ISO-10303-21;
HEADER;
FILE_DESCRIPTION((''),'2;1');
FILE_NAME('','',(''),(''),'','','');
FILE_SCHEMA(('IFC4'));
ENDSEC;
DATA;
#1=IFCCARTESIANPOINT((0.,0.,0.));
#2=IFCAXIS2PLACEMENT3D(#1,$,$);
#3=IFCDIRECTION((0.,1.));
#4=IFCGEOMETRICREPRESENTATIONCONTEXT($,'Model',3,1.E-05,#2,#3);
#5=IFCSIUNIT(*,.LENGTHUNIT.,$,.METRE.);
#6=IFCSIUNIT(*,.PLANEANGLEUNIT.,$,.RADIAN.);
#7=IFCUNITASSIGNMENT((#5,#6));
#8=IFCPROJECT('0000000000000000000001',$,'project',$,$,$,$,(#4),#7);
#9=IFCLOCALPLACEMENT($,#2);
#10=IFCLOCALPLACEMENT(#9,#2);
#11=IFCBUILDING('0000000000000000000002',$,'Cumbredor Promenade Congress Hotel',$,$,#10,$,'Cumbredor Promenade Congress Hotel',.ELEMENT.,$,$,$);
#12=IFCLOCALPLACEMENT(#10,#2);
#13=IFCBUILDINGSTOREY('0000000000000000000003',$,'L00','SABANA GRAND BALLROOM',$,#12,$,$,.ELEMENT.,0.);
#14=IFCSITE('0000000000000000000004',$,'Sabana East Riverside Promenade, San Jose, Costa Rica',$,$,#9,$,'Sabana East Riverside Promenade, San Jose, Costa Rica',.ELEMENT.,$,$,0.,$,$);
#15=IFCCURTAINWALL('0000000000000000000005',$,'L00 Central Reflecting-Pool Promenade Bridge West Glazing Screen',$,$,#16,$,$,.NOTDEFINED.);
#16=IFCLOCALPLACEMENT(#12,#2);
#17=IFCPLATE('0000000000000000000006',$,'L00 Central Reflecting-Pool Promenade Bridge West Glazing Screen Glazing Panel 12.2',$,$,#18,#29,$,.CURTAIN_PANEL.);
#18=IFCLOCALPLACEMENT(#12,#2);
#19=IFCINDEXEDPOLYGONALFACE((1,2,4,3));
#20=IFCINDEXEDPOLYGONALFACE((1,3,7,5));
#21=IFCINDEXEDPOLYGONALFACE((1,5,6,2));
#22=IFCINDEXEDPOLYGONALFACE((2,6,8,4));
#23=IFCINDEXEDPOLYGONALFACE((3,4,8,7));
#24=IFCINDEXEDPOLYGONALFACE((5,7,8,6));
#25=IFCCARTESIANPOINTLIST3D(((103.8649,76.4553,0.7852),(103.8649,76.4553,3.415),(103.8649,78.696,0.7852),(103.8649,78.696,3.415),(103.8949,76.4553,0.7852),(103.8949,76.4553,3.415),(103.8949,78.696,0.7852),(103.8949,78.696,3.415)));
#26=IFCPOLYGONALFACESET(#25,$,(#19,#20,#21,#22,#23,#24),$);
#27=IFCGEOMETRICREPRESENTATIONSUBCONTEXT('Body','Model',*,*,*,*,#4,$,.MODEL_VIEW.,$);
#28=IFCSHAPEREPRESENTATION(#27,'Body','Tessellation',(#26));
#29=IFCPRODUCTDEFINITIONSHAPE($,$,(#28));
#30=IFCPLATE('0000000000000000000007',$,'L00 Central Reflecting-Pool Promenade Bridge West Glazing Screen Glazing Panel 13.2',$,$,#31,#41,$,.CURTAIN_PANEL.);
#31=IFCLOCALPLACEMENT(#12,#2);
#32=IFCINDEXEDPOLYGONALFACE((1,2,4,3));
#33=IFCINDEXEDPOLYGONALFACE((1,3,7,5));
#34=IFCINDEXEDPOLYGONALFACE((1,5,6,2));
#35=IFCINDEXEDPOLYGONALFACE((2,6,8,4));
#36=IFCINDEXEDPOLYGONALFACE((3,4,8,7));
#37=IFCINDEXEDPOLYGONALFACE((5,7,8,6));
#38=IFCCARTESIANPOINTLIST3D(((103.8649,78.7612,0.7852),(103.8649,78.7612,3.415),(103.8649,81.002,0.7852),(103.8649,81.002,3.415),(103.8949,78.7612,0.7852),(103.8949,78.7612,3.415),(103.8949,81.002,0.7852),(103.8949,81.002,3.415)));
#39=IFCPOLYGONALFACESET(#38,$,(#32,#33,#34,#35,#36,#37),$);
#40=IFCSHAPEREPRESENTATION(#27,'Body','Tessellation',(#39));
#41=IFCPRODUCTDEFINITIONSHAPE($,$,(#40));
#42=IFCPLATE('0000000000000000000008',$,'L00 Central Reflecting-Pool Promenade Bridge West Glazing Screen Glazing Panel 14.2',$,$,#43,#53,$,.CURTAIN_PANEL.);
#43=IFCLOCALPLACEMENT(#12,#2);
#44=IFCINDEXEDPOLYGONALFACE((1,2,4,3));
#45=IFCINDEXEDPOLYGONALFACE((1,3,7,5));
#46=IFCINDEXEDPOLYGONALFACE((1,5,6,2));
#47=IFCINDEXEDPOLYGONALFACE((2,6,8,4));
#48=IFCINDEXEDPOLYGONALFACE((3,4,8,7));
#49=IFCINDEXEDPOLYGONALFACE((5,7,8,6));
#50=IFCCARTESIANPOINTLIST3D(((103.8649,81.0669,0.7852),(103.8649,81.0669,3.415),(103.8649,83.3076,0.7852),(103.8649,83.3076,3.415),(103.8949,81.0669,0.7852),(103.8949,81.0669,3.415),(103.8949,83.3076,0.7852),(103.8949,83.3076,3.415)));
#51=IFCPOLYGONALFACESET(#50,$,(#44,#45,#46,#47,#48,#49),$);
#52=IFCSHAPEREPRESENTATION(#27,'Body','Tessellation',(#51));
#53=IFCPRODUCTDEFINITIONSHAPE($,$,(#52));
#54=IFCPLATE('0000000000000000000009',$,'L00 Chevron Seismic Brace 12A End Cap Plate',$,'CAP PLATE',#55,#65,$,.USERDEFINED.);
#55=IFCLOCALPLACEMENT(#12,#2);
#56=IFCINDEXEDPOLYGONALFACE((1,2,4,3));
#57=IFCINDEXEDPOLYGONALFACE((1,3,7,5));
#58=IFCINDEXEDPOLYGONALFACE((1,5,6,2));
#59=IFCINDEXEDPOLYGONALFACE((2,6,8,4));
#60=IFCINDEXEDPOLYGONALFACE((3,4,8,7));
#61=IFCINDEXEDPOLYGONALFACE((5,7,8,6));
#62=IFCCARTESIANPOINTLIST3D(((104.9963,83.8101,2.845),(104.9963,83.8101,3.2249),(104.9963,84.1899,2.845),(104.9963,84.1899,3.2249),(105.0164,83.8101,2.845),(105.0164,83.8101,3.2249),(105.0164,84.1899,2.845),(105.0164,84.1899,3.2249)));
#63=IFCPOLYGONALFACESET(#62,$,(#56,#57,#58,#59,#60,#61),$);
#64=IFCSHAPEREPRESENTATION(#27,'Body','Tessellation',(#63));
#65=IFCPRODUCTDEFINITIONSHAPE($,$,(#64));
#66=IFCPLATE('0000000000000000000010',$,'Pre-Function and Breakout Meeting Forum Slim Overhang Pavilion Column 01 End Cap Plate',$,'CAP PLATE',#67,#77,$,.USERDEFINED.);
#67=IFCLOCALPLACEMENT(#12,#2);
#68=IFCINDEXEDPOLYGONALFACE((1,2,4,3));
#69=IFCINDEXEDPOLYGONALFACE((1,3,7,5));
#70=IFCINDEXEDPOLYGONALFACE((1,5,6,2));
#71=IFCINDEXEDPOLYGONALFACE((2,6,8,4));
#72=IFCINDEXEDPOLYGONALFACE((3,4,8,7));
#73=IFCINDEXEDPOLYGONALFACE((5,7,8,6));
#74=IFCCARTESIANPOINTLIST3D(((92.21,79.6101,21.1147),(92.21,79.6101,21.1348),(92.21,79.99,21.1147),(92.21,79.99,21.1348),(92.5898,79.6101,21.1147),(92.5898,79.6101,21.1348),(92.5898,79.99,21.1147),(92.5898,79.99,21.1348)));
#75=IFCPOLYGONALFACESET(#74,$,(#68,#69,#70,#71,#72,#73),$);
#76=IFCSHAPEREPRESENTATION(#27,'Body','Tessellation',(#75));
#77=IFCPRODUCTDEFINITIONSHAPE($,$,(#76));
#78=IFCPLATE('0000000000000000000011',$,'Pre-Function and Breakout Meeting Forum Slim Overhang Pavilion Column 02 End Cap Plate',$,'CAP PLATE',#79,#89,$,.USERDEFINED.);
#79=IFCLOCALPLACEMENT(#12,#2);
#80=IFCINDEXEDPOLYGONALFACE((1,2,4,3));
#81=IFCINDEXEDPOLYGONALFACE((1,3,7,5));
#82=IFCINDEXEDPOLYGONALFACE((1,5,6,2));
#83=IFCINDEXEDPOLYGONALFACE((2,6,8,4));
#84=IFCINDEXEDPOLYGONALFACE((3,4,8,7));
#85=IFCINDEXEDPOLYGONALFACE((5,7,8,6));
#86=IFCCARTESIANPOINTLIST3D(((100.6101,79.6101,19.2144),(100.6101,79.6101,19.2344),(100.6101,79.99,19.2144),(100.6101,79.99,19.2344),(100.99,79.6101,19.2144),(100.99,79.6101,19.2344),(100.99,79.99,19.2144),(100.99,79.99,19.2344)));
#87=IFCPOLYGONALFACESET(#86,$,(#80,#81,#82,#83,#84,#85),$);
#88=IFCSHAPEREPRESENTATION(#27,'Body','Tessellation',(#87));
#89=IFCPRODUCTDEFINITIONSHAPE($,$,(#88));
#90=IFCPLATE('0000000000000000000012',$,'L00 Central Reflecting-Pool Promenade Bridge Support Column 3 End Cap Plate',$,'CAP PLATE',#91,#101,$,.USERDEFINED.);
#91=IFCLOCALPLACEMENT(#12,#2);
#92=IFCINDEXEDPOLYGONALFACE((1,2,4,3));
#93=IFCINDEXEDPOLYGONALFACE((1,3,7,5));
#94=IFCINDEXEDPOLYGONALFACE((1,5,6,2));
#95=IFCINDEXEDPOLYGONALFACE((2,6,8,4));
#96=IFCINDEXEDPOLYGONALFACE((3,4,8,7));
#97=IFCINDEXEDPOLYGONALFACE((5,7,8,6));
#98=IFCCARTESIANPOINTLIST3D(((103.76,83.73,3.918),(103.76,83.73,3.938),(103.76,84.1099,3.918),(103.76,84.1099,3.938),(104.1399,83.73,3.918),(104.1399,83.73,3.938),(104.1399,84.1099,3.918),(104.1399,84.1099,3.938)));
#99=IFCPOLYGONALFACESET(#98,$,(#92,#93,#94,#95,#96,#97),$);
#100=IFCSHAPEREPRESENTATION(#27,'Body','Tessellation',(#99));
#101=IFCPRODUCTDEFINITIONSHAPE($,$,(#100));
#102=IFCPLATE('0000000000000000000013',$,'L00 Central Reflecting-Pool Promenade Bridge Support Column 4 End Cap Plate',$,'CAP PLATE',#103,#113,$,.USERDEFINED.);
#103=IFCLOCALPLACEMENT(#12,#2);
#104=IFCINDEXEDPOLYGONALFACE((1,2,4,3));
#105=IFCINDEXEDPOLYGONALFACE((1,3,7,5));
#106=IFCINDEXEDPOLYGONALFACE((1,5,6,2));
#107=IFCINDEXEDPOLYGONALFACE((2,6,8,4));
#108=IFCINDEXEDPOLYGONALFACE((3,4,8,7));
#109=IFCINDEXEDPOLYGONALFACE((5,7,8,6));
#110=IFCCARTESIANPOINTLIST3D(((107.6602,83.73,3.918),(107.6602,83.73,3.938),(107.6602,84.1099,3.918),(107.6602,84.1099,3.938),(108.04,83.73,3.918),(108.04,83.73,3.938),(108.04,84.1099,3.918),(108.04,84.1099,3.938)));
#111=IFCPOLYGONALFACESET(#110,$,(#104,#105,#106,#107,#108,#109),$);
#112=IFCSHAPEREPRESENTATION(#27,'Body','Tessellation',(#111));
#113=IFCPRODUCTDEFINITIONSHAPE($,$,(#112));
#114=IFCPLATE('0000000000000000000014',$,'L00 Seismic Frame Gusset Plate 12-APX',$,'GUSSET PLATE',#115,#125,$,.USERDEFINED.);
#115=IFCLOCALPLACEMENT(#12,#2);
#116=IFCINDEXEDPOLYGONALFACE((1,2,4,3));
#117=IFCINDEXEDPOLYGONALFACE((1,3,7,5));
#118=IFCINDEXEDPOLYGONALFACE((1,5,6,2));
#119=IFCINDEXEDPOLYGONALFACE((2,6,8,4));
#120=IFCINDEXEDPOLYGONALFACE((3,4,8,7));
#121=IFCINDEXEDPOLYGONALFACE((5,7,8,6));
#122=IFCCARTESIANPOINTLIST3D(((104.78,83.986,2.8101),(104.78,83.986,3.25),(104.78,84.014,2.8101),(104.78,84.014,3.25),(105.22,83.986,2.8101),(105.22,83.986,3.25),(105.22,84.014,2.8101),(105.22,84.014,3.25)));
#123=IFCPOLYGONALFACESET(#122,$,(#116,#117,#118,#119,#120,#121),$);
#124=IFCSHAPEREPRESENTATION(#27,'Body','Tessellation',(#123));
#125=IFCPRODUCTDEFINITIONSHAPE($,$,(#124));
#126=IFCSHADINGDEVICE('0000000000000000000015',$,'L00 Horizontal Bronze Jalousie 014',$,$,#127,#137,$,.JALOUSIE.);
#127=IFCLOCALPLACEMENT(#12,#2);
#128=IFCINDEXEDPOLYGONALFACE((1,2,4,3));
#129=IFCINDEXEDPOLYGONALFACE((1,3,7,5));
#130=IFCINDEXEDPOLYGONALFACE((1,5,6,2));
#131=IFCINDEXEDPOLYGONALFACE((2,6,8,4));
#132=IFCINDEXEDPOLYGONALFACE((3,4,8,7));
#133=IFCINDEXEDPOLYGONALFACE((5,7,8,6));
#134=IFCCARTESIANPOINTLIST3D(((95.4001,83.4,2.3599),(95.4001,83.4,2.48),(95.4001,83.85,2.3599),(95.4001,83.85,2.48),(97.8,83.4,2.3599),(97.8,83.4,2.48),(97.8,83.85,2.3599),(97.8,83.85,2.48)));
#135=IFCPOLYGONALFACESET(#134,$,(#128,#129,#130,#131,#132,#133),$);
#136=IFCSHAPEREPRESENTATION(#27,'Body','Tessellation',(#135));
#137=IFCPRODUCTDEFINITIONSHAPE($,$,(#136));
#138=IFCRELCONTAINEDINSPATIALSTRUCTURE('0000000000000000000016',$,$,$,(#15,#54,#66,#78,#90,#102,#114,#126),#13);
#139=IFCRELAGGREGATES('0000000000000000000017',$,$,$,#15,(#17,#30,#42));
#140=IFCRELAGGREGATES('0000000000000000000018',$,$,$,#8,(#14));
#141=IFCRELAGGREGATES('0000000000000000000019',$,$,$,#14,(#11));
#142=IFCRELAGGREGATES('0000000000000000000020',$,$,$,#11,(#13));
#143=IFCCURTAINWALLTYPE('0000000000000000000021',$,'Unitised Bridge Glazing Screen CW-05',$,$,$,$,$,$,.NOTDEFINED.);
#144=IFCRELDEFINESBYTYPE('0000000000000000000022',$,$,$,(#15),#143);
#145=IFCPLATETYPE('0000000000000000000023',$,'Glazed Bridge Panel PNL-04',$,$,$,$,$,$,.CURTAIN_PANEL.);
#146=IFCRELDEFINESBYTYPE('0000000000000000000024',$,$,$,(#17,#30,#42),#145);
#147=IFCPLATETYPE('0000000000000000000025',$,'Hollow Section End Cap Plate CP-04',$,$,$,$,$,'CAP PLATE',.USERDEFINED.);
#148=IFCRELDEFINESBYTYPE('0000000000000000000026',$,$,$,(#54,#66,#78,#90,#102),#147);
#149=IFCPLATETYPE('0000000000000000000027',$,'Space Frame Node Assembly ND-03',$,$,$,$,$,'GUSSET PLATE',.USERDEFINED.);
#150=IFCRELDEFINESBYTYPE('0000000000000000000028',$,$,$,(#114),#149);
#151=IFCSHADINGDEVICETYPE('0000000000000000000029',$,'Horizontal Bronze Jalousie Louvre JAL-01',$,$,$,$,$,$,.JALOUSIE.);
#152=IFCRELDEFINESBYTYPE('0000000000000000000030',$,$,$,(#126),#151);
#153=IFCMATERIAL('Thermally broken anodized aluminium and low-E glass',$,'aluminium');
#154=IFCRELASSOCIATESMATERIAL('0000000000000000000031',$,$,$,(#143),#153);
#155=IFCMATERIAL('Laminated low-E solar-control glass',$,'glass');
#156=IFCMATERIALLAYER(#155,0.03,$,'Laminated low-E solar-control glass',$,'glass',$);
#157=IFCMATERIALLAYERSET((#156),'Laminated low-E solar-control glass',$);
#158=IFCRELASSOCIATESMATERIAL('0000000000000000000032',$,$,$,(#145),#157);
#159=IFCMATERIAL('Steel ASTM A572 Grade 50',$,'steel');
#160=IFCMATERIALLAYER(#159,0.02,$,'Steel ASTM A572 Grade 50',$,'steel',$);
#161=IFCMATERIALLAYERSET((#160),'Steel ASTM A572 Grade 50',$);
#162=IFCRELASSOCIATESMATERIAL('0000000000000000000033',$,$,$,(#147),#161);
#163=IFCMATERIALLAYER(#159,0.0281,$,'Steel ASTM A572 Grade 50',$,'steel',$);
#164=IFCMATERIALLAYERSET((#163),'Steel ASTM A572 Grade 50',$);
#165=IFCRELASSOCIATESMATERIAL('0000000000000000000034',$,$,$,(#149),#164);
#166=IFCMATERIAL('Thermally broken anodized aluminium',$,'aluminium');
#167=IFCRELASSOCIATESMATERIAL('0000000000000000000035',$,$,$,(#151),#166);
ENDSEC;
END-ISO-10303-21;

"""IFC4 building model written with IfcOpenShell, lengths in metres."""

from ifc_helpers import new_model, si_unit, direction, frame, origin, origin_2d, place, context, subcontext, project, spatial, rectangle, extrude, material, layer, layer_set, type_object, element, aggregate, save


model = new_model("IFC4")

# Units and contexts
model_context = context("Model", 3, precision=1e-05, world=origin(), true_north=direction((0.0, 1.0)))
body_context = subcontext(model_context, "Body", "Model", "MODEL_VIEW")
ifc_project = project(units=[si_unit("LENGTHUNIT", "METRE"), si_unit("PLANEANGLEUNIT", "RADIAN")], contexts=[model_context])

# Site, building, storey
site_placement = place(None, origin())
site = spatial("IfcSite", under=ifc_project, at=site_placement, Name="Sabana East Riverside Promenade, San Jose, Costa Rica", LongName="Sabana East Riverside Promenade, San Jose, Costa Rica", CompositionType="ELEMENT", RefElevation=0.0)
building_placement = place(site_placement, origin())
building = spatial("IfcBuilding", under=site, at=building_placement, Name="Cumbredor Promenade Congress Hotel", LongName="Cumbredor Promenade Congress Hotel", CompositionType="ELEMENT")
storey_placement = place(building_placement, origin())
storey = spatial("IfcBuildingStorey", under=building, at=storey_placement, Name="L00", Description="SABANA GRAND BALLROOM", CompositionType="ELEMENT", Elevation=0.0)

# Shared definitions
ifc_material_1 = material(Name="Thermally broken anodized aluminium and low-E glass", Category="aluminium")
ifc_material_2 = material(Name="Thermally broken anodized aluminium", Category="aluminium")

# Curtain wall
curtain_wall_type_1 = type_object("IfcCurtainWallType", Name="Unitised Bridge Glazing Screen CW-05", PredefinedType="NOTDEFINED", material=ifc_material_1)
curtain_wall_1_placement = place(storey_placement, origin())
curtain_wall_1 = element("IfcCurtainWall", 1, at=curtain_wall_1_placement, inside=storey, type_object=curtain_wall_type_1, Name="L00 Central Reflecting-Pool Promenade Bridge West Glazing Screen", PredefinedType="NOTDEFINED")

# Plates
ifc_material_3 = material(Name="Laminated low-E solar-control glass", Category="glass")
ifc_layer_1 = layer(ifc_material_3, 0.03, Name="Laminated low-E solar-control glass", Category="glass")
ifc_layer_set_1 = layer_set([ifc_layer_1], Name="Laminated low-E solar-control glass")
plate_type_1 = type_object("IfcPlateType", Name="Glazed Bridge Panel PNL-04", PredefinedType="CURTAIN_PANEL", material=ifc_layer_set_1)
plate_1_placement = place(storey_placement, frame((103.8799, 77.5757, 0.7852), z_axis=(0.0, 0.0, 1.0), x_axis=(0.0, 1.0, 0.0)))
plate_1 = element("IfcPlate", 2, at=plate_1_placement, type_object=plate_type_1, Name="L00 Central Reflecting-Pool Promenade Bridge West Glazing Screen Glazing Panel 12.2", PredefinedType="CURTAIN_PANEL", context=body_context, shape_type="SweptSolid", body=[
    extrude(rectangle(XDim=2.2407, YDim=0.03, at=origin_2d()), origin(), (0.0, 0.0, 1.0), 2.6299),
])
plate_2_placement = place(storey_placement, frame((103.8799, 79.8816, 0.7852), z_axis=(0.0, 0.0, 1.0), x_axis=(0.0, 1.0, 0.0)))
plate_2 = element("IfcPlate", 3, at=plate_2_placement, type_object=plate_type_1, Name="L00 Central Reflecting-Pool Promenade Bridge West Glazing Screen Glazing Panel 13.2", PredefinedType="CURTAIN_PANEL", context=body_context, shape_type="SweptSolid", body=[
    extrude(rectangle(XDim=2.2407, YDim=0.03, at=origin_2d()), origin(), (0.0, 0.0, 1.0), 2.6299),
])
plate_3_placement = place(storey_placement, frame((103.8799, 82.1873, 0.7852), z_axis=(0.0, 0.0, 1.0), x_axis=(0.0, 1.0, 0.0)))
plate_3 = element("IfcPlate", 4, at=plate_3_placement, type_object=plate_type_1, Name="L00 Central Reflecting-Pool Promenade Bridge West Glazing Screen Glazing Panel 14.2", PredefinedType="CURTAIN_PANEL", context=body_context, shape_type="SweptSolid", body=[
    extrude(rectangle(XDim=2.2407, YDim=0.03, at=origin_2d()), origin(), (0.0, 0.0, 1.0), 2.6299),
])
aggregate(curtain_wall_1, [plate_1, plate_2, plate_3])

# Plates
ifc_material_4 = material(Name="Steel ASTM A572 Grade 50", Category="steel")
ifc_layer_2 = layer(ifc_material_4, 0.02, Name="Steel ASTM A572 Grade 50", Category="steel")
ifc_layer_set_2 = layer_set([ifc_layer_2], Name="Steel ASTM A572 Grade 50")
plate_type_2 = type_object("IfcPlateType", Name="Hollow Section End Cap Plate CP-04", ElementType="CAP PLATE", PredefinedType="USERDEFINED", material=ifc_layer_set_2)
plate_4_placement = place(storey_placement, frame((105.0063, 84.0, 2.845), z_axis=(0.0, 0.0, 1.0), x_axis=(1.0, 0.0, 0.0)))
element("IfcPlate", 5, at=plate_4_placement, inside=storey, type_object=plate_type_2, Name="L00 Chevron Seismic Brace 12A End Cap Plate", ObjectType="CAP PLATE", PredefinedType="USERDEFINED", context=body_context, shape_type="SweptSolid", body=[
    extrude(rectangle(XDim=0.02, YDim=0.3799, at=origin_2d()), origin(), (0.0, 0.0, 1.0), 0.3799),
])
for number, where, z_axis, x_axis, name in (
    (6, (92.3999, 79.8, 21.1147), (0.0, 0.0, 1.0), (1.0, 0.0, 0.0), "Pre-Function and Breakout Meeting Forum Slim Overhang Pavilion Column 01 End Cap Plate"),
    (7, (100.8, 79.8, 19.2144), (0.0, 0.0, 1.0), (1.0, 0.0, 0.0), "Pre-Function and Breakout Meeting Forum Slim Overhang Pavilion Column 02 End Cap Plate"),
    (8, (103.95, 83.9199, 3.918), (0.0, 0.0, 1.0), (1.0, 0.0, 0.0), "L00 Central Reflecting-Pool Promenade Bridge Support Column 3 End Cap Plate"),
    (9, (107.8501, 83.9199, 3.918), (0.0, 0.0, 1.0), (1.0, 0.0, 0.0), "L00 Central Reflecting-Pool Promenade Bridge Support Column 4 End Cap Plate"),
):
    element("IfcPlate", number, at=place(storey_placement, frame(where, z_axis=z_axis, x_axis=x_axis)), inside=storey, type_object=plate_type_2, Name=name, ObjectType="CAP PLATE", PredefinedType="USERDEFINED", context=body_context, shape_type="SweptSolid", body=[
        extrude(rectangle(XDim=0.3799, YDim=0.3799, at=origin_2d()), origin(), (0.0, 0.0, 1.0), 0.02),
    ])
ifc_layer_3 = layer(ifc_material_4, 0.0281, Name="Steel ASTM A572 Grade 50", Category="steel")
ifc_layer_set_3 = layer_set([ifc_layer_3], Name="Steel ASTM A572 Grade 50")
plate_type_3 = type_object("IfcPlateType", Name="Space Frame Node Assembly ND-03", ElementType="GUSSET PLATE", PredefinedType="USERDEFINED", material=ifc_layer_set_3)
plate_5_placement = place(storey_placement, frame((105.0, 84.0, 2.8101), z_axis=(0.0, 0.0, 1.0), x_axis=(1.0, 0.0, 0.0)))
element("IfcPlate", 10, at=plate_5_placement, inside=storey, type_object=plate_type_3, Name="L00 Seismic Frame Gusset Plate 12-APX", ObjectType="GUSSET PLATE", PredefinedType="USERDEFINED", context=body_context, shape_type="SweptSolid", body=[
    extrude(rectangle(XDim=0.4399, YDim=0.0281, at=origin_2d()), origin(), (0.0, 0.0, 1.0), 0.4399),
])

# Shading device
shading_device_type = type_object("IfcShadingDeviceType", Name="Horizontal Bronze Jalousie Louvre JAL-01", PredefinedType="JALOUSIE", material=ifc_material_2)
shading_device_placement = place(storey_placement, frame((96.6001, 83.625, 2.3599), z_axis=(0.0, 0.0, 1.0), x_axis=(1.0, 0.0, 0.0)))
element("IfcShadingDevice", 11, at=shading_device_placement, inside=storey, type_object=shading_device_type, Name="L00 Horizontal Bronze Jalousie 014", PredefinedType="JALOUSIE", context=body_context, shape_type="SweptSolid", body=[
    extrude(rectangle(XDim=2.3999, YDim=0.45, at=origin_2d()), origin(), (0.0, 0.0, 1.0), 0.1201),
])

save(model, "model.ifc")
